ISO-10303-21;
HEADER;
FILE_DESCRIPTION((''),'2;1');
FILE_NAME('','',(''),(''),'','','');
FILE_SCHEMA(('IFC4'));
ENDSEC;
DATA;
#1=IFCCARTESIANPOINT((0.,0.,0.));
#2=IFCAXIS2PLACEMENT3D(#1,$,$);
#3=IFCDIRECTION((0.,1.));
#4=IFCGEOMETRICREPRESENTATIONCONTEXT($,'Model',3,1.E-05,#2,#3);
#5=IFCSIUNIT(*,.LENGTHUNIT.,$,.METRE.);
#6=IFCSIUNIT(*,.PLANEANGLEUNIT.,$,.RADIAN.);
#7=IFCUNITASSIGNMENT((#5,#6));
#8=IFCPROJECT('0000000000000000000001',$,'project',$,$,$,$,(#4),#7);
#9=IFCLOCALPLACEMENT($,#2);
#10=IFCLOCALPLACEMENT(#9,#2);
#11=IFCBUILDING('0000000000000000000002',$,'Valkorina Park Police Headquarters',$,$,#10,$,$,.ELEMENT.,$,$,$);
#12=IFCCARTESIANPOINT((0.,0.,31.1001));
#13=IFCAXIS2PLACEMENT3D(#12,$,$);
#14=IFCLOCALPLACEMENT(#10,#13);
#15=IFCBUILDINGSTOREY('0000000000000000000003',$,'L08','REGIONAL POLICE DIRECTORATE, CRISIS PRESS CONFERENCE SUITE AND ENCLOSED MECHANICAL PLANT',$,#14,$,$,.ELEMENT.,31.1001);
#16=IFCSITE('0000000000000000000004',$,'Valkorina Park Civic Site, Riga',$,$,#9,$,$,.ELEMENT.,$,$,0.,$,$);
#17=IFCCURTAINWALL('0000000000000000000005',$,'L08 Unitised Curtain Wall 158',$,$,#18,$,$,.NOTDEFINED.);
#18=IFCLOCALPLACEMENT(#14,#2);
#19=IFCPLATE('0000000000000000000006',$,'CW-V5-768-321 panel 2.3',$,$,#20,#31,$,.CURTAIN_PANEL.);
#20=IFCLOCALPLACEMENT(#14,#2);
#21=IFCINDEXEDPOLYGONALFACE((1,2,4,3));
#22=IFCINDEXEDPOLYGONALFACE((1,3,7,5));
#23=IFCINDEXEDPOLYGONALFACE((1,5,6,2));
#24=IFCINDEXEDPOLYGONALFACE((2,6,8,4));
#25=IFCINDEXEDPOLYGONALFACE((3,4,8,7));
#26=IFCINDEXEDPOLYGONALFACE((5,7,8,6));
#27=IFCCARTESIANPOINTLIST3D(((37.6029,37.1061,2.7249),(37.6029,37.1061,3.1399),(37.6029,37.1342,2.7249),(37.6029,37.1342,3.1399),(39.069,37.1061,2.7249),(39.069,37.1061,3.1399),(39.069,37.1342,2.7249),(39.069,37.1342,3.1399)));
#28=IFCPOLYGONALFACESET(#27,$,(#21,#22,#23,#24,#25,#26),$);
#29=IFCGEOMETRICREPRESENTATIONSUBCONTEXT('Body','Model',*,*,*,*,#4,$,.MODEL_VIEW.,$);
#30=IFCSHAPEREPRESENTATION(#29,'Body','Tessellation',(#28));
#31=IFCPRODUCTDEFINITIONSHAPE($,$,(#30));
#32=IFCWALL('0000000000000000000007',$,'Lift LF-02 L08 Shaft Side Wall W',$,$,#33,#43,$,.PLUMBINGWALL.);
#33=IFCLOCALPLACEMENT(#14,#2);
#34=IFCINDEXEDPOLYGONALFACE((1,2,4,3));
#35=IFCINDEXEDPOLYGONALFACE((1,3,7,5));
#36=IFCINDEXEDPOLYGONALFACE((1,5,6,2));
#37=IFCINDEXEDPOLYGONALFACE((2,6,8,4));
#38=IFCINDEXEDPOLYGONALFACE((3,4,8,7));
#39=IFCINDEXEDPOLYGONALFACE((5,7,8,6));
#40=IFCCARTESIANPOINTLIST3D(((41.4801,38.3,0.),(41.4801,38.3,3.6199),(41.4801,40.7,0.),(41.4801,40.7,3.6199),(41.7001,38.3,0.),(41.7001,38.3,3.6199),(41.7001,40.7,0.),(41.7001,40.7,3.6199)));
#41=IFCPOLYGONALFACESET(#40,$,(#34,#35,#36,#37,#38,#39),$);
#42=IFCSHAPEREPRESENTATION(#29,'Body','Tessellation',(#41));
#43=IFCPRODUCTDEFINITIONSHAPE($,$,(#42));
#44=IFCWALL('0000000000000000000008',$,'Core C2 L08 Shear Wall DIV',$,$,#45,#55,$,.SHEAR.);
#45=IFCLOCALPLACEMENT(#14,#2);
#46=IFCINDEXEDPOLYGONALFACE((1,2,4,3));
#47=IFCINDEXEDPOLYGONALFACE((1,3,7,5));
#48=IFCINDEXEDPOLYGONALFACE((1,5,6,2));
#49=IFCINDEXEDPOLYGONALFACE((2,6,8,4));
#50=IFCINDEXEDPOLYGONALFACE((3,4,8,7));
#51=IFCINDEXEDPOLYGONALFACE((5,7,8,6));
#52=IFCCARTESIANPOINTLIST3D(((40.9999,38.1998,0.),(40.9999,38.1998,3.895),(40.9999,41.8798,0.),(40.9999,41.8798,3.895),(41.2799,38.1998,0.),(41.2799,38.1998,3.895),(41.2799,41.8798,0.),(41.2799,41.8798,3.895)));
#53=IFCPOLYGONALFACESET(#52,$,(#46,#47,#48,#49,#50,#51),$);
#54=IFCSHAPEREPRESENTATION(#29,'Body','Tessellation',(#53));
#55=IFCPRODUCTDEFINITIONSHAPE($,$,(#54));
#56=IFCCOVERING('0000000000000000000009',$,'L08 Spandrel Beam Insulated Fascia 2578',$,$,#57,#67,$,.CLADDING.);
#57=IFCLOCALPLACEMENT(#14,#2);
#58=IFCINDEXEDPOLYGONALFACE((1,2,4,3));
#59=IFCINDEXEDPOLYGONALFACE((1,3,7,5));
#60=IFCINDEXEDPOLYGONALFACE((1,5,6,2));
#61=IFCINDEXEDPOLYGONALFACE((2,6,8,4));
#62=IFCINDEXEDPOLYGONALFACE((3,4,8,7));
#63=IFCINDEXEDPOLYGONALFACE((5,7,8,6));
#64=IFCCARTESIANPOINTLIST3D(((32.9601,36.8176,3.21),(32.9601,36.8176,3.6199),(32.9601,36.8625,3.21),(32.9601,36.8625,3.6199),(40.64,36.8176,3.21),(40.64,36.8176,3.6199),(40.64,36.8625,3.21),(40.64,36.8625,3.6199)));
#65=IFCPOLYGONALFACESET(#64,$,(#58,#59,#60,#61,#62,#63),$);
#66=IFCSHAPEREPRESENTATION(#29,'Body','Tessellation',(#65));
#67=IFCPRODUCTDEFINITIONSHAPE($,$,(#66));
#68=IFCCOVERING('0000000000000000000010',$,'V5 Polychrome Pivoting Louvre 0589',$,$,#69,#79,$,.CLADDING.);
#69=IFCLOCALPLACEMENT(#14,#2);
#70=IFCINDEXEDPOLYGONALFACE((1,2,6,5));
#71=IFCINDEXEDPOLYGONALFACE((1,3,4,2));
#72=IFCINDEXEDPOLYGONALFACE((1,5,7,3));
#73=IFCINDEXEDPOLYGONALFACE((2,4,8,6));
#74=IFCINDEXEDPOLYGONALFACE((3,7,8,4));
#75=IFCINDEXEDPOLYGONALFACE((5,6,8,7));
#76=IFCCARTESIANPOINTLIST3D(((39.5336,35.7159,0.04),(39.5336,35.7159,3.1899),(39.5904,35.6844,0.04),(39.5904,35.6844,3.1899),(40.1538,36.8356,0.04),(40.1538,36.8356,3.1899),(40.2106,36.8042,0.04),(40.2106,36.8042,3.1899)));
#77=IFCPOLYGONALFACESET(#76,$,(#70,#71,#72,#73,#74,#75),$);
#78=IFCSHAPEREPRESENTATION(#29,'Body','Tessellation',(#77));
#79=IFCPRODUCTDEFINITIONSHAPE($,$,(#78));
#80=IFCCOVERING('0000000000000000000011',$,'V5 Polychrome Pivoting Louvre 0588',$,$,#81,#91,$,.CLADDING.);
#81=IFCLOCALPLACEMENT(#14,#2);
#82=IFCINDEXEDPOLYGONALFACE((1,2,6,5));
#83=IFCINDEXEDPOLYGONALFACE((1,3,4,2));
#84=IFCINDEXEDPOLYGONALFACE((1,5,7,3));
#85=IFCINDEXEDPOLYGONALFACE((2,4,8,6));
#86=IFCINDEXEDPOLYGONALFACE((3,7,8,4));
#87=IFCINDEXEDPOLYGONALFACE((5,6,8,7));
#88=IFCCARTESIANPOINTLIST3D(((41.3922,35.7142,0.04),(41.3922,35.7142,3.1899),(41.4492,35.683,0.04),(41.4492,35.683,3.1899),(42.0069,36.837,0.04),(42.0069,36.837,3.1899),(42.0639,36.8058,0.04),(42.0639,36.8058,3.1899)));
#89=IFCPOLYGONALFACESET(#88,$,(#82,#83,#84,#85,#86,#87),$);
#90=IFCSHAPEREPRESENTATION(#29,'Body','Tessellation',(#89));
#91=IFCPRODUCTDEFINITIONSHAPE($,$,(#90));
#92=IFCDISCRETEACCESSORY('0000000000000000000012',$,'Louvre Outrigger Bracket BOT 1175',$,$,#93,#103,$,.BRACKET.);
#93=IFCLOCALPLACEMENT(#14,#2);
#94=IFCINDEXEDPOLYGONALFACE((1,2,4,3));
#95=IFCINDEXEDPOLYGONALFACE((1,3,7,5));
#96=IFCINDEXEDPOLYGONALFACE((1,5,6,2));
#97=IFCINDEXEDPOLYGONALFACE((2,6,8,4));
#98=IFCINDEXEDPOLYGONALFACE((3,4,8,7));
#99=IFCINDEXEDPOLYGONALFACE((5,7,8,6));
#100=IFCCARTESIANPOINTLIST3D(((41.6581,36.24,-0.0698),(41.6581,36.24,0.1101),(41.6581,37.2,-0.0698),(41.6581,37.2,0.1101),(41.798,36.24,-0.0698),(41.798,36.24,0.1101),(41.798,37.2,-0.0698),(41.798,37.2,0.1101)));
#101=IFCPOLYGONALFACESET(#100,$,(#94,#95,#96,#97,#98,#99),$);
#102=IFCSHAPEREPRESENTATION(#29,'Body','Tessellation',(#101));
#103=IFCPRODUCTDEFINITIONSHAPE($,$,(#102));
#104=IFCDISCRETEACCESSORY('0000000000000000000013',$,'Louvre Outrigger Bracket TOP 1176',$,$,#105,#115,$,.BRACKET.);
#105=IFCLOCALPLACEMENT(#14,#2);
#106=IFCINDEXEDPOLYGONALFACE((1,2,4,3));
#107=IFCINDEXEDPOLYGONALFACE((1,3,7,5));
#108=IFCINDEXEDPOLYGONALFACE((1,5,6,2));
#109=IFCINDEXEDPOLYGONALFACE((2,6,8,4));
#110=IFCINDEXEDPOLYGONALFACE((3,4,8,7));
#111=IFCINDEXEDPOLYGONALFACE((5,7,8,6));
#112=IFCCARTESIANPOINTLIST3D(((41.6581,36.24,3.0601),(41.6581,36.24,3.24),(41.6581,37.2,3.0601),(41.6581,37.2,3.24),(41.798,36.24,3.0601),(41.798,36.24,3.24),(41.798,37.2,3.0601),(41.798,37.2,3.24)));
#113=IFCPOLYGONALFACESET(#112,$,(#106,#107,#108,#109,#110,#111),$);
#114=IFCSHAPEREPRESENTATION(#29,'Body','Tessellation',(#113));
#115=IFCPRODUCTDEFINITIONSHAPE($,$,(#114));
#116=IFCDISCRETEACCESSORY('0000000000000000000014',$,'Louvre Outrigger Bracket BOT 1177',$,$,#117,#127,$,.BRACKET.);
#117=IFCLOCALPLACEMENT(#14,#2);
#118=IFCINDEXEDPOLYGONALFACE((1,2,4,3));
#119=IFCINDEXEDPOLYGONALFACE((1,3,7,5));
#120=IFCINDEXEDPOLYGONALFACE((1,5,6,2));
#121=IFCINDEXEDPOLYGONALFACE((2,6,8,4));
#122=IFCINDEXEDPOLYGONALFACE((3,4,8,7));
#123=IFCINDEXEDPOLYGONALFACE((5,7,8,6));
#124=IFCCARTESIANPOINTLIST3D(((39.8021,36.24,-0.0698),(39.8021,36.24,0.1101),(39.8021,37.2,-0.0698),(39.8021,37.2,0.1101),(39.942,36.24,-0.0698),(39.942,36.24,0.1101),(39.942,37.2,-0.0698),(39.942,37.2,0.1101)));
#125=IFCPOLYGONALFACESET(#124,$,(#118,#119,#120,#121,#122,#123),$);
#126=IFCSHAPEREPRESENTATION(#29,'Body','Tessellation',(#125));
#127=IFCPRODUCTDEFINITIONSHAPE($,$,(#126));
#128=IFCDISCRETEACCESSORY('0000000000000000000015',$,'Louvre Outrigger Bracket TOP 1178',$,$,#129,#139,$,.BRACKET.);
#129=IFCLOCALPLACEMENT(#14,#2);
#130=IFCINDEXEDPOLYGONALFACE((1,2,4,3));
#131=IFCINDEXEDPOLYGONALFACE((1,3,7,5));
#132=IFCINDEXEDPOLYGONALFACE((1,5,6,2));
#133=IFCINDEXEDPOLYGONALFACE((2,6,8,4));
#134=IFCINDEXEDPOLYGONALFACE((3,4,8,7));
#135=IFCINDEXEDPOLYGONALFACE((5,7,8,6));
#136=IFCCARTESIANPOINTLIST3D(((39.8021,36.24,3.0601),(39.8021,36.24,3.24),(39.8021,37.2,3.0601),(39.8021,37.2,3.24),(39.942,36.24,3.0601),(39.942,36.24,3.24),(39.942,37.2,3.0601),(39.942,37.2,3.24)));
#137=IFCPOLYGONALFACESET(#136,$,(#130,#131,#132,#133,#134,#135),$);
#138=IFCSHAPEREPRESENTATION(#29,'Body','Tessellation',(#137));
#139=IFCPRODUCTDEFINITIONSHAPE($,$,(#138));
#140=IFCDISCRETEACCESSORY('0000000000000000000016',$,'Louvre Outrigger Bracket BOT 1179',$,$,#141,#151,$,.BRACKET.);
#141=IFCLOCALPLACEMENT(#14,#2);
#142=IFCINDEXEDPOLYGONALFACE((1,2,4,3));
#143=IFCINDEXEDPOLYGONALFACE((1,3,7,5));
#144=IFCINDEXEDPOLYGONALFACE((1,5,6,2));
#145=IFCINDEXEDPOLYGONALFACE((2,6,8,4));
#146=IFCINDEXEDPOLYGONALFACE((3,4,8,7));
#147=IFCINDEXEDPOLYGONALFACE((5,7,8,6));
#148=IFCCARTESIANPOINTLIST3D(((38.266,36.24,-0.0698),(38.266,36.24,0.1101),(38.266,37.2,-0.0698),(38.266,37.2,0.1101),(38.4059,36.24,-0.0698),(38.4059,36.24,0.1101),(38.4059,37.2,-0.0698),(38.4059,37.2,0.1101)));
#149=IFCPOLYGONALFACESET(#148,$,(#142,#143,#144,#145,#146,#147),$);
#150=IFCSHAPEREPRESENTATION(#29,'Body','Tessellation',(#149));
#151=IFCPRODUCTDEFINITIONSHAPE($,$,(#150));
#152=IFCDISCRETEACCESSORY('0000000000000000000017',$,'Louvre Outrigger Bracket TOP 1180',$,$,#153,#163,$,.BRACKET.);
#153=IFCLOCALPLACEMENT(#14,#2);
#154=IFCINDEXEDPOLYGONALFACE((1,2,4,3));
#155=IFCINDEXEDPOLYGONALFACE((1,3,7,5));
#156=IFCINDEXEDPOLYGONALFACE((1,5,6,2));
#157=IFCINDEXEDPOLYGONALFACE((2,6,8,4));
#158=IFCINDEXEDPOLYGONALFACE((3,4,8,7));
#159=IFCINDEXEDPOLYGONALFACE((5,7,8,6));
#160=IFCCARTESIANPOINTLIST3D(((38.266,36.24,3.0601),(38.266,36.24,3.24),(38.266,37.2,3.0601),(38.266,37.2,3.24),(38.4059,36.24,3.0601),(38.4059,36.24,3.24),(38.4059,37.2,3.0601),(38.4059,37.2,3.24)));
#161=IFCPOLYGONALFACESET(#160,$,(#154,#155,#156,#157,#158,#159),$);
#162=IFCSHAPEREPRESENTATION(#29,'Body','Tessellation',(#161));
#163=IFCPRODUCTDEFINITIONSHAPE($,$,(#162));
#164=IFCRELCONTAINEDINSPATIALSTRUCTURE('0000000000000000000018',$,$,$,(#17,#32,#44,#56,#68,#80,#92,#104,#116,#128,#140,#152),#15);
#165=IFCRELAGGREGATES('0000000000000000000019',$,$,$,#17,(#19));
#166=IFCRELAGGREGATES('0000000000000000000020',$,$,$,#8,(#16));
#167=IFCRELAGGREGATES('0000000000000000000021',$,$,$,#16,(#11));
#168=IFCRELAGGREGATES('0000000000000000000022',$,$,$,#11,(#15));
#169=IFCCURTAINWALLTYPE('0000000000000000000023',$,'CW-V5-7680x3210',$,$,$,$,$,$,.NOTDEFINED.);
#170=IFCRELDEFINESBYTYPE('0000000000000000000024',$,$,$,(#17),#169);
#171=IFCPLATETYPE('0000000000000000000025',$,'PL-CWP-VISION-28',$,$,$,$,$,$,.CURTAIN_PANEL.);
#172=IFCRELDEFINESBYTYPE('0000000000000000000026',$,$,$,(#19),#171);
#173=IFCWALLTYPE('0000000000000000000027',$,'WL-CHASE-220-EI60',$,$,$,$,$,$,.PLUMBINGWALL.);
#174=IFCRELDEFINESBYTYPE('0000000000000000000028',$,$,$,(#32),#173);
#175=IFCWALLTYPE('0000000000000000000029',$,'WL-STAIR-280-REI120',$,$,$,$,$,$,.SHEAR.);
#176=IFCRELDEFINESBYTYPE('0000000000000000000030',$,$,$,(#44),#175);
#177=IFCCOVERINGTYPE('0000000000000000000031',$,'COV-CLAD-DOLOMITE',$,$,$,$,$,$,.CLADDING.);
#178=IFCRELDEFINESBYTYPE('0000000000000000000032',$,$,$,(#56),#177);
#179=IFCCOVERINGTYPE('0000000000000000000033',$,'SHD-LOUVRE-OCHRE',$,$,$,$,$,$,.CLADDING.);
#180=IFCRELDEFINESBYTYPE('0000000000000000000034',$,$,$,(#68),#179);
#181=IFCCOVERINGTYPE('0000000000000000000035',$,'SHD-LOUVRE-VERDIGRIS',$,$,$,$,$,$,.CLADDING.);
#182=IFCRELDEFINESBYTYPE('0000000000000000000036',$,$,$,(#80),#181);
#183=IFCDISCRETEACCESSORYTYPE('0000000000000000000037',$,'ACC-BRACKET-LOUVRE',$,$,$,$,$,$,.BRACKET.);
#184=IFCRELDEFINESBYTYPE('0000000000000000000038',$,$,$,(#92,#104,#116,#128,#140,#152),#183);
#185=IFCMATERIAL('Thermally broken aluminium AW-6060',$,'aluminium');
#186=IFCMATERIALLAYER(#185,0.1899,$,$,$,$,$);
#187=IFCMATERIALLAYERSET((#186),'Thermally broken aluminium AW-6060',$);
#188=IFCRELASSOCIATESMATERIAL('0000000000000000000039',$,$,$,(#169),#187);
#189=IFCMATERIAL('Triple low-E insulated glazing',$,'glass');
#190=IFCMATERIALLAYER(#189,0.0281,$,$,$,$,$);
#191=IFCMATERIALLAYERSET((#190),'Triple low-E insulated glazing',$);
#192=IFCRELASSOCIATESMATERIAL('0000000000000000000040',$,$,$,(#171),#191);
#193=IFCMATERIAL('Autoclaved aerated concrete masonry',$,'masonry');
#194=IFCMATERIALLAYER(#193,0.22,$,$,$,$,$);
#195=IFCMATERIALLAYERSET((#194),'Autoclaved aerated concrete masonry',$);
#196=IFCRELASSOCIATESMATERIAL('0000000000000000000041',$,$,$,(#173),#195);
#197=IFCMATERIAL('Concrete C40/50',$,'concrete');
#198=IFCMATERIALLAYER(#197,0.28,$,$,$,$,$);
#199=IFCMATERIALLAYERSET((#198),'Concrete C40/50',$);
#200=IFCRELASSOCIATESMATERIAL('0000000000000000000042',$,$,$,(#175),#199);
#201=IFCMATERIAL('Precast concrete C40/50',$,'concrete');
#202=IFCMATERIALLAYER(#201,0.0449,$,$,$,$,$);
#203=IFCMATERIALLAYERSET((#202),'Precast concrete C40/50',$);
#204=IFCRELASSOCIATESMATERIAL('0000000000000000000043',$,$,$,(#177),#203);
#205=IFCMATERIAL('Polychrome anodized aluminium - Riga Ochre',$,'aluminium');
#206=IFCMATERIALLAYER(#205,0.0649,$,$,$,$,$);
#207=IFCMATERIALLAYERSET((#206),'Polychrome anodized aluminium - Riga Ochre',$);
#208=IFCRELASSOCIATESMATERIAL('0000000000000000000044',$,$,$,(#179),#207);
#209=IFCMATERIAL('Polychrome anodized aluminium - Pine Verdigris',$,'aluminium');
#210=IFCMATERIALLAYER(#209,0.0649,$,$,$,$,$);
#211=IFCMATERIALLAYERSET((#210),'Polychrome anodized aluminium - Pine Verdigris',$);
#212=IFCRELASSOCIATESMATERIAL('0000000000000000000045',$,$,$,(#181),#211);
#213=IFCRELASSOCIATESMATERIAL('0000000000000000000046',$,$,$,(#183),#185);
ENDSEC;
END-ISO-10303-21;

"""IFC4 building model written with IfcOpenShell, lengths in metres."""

from ifc_helpers import new_model, si_unit, direction, frame, frame_2d, origin, origin_2d, place, context, subcontext, project, spatial, rectangle, extrude, material, layer, layer_set, type_object, element, aggregate, save


model = new_model("IFC4")

# Units and contexts
model_context = context("Model", 3, precision=1e-05, world=origin(), true_north=direction((0.0, 1.0)))
body_context = subcontext(model_context, "Body", "Model", "MODEL_VIEW")
ifc_project = project(units=[si_unit("LENGTHUNIT", "METRE"), si_unit("PLANEANGLEUNIT", "RADIAN")], contexts=[model_context])

# Site, building, storey
site_placement = place(None, origin())
site = spatial("IfcSite", under=ifc_project, at=site_placement, Name="Valkorina Park Civic Site, Riga", CompositionType="ELEMENT", RefElevation=0.0)
building_placement = place(site_placement, origin())
building = spatial("IfcBuilding", under=site, at=building_placement, Name="Valkorina Park Police Headquarters", CompositionType="ELEMENT")
storey_placement = place(building_placement, frame((0.0, 0.0, 31.1001)))
storey = spatial("IfcBuildingStorey", under=building, at=storey_placement, Name="L08", Description="REGIONAL POLICE DIRECTORATE, CRISIS PRESS CONFERENCE SUITE AND ENCLOSED MECHANICAL PLANT", CompositionType="ELEMENT", Elevation=31.1001)

# Shared definitions
ifc_material_1 = material(Name="Thermally broken aluminium AW-6060", Category="aluminium")
ifc_layer_1 = layer(ifc_material_1, 0.1899)
ifc_layer_set_1 = layer_set([ifc_layer_1], Name="Thermally broken aluminium AW-6060")
curtain_wall_type = type_object("IfcCurtainWallType", Name="CW-V5-7680x3210", PredefinedType="NOTDEFINED", material=ifc_layer_set_1)

# Curtain wall
curtain_wall_1_placement = place(storey_placement, origin())
curtain_wall_1 = element("IfcCurtainWall", 1, at=curtain_wall_1_placement, inside=storey, type_object=curtain_wall_type, Name="L08 Unitised Curtain Wall 158", PredefinedType="NOTDEFINED")

# Plate
ifc_material_2 = material(Name="Triple low-E insulated glazing", Category="glass")
ifc_layer_2 = layer(ifc_material_2, 0.0281)
ifc_layer_set_2 = layer_set([ifc_layer_2], Name="Triple low-E insulated glazing")
plate_type_1 = type_object("IfcPlateType", Name="PL-CWP-VISION-28", PredefinedType="CURTAIN_PANEL", material=ifc_layer_set_2)
plate_1_placement = place(storey_placement, frame((38.3359, 37.1201, 2.7249), z_axis=(0.0, 0.0, 1.0), x_axis=(-1.0, 0.0, 0.0)))
plate_1 = element("IfcPlate", 2, at=plate_1_placement, type_object=plate_type_1, Name="CW-V5-768-321 panel 2.3", PredefinedType="CURTAIN_PANEL", context=body_context, shape_type="SweptSolid", body=[
    extrude(rectangle(XDim=1.4661, YDim=0.0281, at=origin_2d()), origin(), (0.0, 0.0, 1.0), 0.415),
])
aggregate(curtain_wall_1, [plate_1])

# Walls
ifc_material_3 = material(Name="Autoclaved aerated concrete masonry", Category="masonry")
ifc_layer_3 = layer(ifc_material_3, 0.22)
ifc_layer_set_3 = layer_set([ifc_layer_3], Name="Autoclaved aerated concrete masonry")
wall_type_1 = type_object("IfcWallType", Name="WL-CHASE-220-EI60", PredefinedType="PLUMBINGWALL", material=ifc_layer_set_3)
wall_1_placement = place(storey_placement, frame((41.5901, 38.3, 0.0), z_axis=(0.0, 0.0, 1.0), x_axis=(0.0, 1.0, 0.0)))
element("IfcWall", 3, at=wall_1_placement, inside=storey, type_object=wall_type_1, Name="Lift LF-02 L08 Shaft Side Wall W", PredefinedType="PLUMBINGWALL", context=body_context, shape_type="SweptSolid", body=[
    extrude(rectangle(XDim=2.3999, YDim=0.22, at=frame_2d((1.2, 0.0))), origin(), (0.0, 0.0, 1.0), 3.6199),
])
ifc_material_4 = material(Name="Concrete C40/50", Category="concrete")
ifc_layer_4 = layer(ifc_material_4, 0.28)
ifc_layer_set_4 = layer_set([ifc_layer_4], Name="Concrete C40/50")
wall_type_2 = type_object("IfcWallType", Name="WL-STAIR-280-REI120", PredefinedType="SHEAR", material=ifc_layer_set_4)
wall_2_placement = place(storey_placement, frame((41.1399, 38.2, 0.0), z_axis=(0.0, 0.0, 1.0), x_axis=(0.0, 1.0, 0.0)))
element("IfcWall", 4, at=wall_2_placement, inside=storey, type_object=wall_type_2, Name="Core C2 L08 Shear Wall DIV", PredefinedType="SHEAR", context=body_context, shape_type="SweptSolid", body=[
    extrude(rectangle(XDim=3.6799, YDim=0.28, at=frame_2d((1.8398, 0.0))), origin(), (0.0, 0.0, 1.0), 3.895),
])

# Coverings
ifc_material_5 = material(Name="Precast concrete C40/50", Category="concrete")
ifc_layer_5 = layer(ifc_material_5, 0.0449)
ifc_layer_set_5 = layer_set([ifc_layer_5], Name="Precast concrete C40/50")
covering_type_1 = type_object("IfcCoveringType", Name="COV-CLAD-DOLOMITE", PredefinedType="CLADDING", material=ifc_layer_set_5)
covering_1_placement = place(storey_placement, frame((40.6399, 36.8401, 3.21), z_axis=(0.0, 0.0, 1.0), x_axis=(-1.0, 0.0, 0.0)))
element("IfcCovering", 5, at=covering_1_placement, inside=storey, type_object=covering_type_1, Name="L08 Spandrel Beam Insulated Fascia 2578", PredefinedType="CLADDING", context=body_context, shape_type="SweptSolid", body=[
    extrude(rectangle(XDim=7.6799, YDim=0.0449, at=frame_2d((3.8398, 0.0))), origin(), (0.0, 0.0, 1.0), 0.4099),
])
ifc_material_6 = material(Name="Polychrome anodized aluminium - Riga Ochre", Category="aluminium")
ifc_layer_6 = layer(ifc_material_6, 0.0649)
ifc_layer_set_6 = layer_set([ifc_layer_6], Name="Polychrome anodized aluminium - Riga Ochre")
covering_type_2 = type_object("IfcCoveringType", Name="SHD-LOUVRE-OCHRE", PredefinedType="CLADDING", material=ifc_layer_set_6)
covering_2_placement = place(storey_placement, frame((39.8721, 36.26, 0.04), z_axis=(0.0, 0.0, 1.0), x_axis=(-0.484504, -0.874789, 0.0)))
element("IfcCovering", 6, at=covering_2_placement, inside=storey, type_object=covering_type_2, Name="V5 Polychrome Pivoting Louvre 0589", PredefinedType="CLADDING", context=body_context, shape_type="SweptSolid", body=[
    extrude(rectangle(XDim=1.28, YDim=0.0649, at=origin_2d()), origin(), (0.0, 0.0, 1.0), 3.1499),
])
ifc_material_7 = material(Name="Polychrome anodized aluminium - Pine Verdigris", Category="aluminium")
ifc_layer_7 = layer(ifc_material_7, 0.0649)
ifc_layer_set_7 = layer_set([ifc_layer_7], Name="Polychrome anodized aluminium - Pine Verdigris")
covering_type_3 = type_object("IfcCoveringType", Name="SHD-LOUVRE-VERDIGRIS", PredefinedType="CLADDING", material=ifc_layer_set_7)
covering_3_placement = place(storey_placement, frame((41.728, 36.26, 0.04), z_axis=(0.0, 0.0, 1.0), x_axis=(-0.480223, -0.877146, 0.0)))
element("IfcCovering", 7, at=covering_3_placement, inside=storey, type_object=covering_type_3, Name="V5 Polychrome Pivoting Louvre 0588", PredefinedType="CLADDING", context=body_context, shape_type="SweptSolid", body=[
    extrude(rectangle(XDim=1.28, YDim=0.0649, at=origin_2d()), origin(), (0.0, 0.0, 1.0), 3.1499),
])

# Discrete accessories
discrete_accessory_type = type_object("IfcDiscreteAccessoryType", Name="ACC-BRACKET-LOUVRE", PredefinedType="BRACKET", material=ifc_material_1)
for number, where, z_axis, x_axis, name in (
    (8, (41.728, 36.72, -0.0698), (0.0, 0.0, 1.0), (0.0, -1.0, 0.0), "Louvre Outrigger Bracket BOT 1175"),
    (9, (41.728, 36.72, 3.0601), (0.0, 0.0, 1.0), (0.0, -1.0, 0.0), "Louvre Outrigger Bracket TOP 1176"),
    (10, (39.8721, 36.72, -0.0698), (0.0, 0.0, 1.0), (0.0, -1.0, 0.0), "Louvre Outrigger Bracket BOT 1177"),
    (11, (39.8721, 36.72, 3.0601), (0.0, 0.0, 1.0), (0.0, -1.0, 0.0), "Louvre Outrigger Bracket TOP 1178"),
    (12, (38.3359, 36.72, -0.0698), (0.0, 0.0, 1.0), (0.0, -1.0, 0.0), "Louvre Outrigger Bracket BOT 1179"),
    (13, (38.3359, 36.72, 3.0601), (0.0, 0.0, 1.0), (0.0, -1.0, 0.0), "Louvre Outrigger Bracket TOP 1180"),
):
    element("IfcDiscreteAccessory", number, at=place(storey_placement, frame(where, z_axis=z_axis, x_axis=x_axis)), inside=storey, type_object=discrete_accessory_type, Name=name, PredefinedType="BRACKET", context=body_context, shape_type="SweptSolid", body=[
        extrude(rectangle(XDim=0.96, YDim=0.1399, at=origin_2d()), origin(), (0.0, 0.0, 1.0), 0.1799),
    ])

save(model, "model.ifc")
